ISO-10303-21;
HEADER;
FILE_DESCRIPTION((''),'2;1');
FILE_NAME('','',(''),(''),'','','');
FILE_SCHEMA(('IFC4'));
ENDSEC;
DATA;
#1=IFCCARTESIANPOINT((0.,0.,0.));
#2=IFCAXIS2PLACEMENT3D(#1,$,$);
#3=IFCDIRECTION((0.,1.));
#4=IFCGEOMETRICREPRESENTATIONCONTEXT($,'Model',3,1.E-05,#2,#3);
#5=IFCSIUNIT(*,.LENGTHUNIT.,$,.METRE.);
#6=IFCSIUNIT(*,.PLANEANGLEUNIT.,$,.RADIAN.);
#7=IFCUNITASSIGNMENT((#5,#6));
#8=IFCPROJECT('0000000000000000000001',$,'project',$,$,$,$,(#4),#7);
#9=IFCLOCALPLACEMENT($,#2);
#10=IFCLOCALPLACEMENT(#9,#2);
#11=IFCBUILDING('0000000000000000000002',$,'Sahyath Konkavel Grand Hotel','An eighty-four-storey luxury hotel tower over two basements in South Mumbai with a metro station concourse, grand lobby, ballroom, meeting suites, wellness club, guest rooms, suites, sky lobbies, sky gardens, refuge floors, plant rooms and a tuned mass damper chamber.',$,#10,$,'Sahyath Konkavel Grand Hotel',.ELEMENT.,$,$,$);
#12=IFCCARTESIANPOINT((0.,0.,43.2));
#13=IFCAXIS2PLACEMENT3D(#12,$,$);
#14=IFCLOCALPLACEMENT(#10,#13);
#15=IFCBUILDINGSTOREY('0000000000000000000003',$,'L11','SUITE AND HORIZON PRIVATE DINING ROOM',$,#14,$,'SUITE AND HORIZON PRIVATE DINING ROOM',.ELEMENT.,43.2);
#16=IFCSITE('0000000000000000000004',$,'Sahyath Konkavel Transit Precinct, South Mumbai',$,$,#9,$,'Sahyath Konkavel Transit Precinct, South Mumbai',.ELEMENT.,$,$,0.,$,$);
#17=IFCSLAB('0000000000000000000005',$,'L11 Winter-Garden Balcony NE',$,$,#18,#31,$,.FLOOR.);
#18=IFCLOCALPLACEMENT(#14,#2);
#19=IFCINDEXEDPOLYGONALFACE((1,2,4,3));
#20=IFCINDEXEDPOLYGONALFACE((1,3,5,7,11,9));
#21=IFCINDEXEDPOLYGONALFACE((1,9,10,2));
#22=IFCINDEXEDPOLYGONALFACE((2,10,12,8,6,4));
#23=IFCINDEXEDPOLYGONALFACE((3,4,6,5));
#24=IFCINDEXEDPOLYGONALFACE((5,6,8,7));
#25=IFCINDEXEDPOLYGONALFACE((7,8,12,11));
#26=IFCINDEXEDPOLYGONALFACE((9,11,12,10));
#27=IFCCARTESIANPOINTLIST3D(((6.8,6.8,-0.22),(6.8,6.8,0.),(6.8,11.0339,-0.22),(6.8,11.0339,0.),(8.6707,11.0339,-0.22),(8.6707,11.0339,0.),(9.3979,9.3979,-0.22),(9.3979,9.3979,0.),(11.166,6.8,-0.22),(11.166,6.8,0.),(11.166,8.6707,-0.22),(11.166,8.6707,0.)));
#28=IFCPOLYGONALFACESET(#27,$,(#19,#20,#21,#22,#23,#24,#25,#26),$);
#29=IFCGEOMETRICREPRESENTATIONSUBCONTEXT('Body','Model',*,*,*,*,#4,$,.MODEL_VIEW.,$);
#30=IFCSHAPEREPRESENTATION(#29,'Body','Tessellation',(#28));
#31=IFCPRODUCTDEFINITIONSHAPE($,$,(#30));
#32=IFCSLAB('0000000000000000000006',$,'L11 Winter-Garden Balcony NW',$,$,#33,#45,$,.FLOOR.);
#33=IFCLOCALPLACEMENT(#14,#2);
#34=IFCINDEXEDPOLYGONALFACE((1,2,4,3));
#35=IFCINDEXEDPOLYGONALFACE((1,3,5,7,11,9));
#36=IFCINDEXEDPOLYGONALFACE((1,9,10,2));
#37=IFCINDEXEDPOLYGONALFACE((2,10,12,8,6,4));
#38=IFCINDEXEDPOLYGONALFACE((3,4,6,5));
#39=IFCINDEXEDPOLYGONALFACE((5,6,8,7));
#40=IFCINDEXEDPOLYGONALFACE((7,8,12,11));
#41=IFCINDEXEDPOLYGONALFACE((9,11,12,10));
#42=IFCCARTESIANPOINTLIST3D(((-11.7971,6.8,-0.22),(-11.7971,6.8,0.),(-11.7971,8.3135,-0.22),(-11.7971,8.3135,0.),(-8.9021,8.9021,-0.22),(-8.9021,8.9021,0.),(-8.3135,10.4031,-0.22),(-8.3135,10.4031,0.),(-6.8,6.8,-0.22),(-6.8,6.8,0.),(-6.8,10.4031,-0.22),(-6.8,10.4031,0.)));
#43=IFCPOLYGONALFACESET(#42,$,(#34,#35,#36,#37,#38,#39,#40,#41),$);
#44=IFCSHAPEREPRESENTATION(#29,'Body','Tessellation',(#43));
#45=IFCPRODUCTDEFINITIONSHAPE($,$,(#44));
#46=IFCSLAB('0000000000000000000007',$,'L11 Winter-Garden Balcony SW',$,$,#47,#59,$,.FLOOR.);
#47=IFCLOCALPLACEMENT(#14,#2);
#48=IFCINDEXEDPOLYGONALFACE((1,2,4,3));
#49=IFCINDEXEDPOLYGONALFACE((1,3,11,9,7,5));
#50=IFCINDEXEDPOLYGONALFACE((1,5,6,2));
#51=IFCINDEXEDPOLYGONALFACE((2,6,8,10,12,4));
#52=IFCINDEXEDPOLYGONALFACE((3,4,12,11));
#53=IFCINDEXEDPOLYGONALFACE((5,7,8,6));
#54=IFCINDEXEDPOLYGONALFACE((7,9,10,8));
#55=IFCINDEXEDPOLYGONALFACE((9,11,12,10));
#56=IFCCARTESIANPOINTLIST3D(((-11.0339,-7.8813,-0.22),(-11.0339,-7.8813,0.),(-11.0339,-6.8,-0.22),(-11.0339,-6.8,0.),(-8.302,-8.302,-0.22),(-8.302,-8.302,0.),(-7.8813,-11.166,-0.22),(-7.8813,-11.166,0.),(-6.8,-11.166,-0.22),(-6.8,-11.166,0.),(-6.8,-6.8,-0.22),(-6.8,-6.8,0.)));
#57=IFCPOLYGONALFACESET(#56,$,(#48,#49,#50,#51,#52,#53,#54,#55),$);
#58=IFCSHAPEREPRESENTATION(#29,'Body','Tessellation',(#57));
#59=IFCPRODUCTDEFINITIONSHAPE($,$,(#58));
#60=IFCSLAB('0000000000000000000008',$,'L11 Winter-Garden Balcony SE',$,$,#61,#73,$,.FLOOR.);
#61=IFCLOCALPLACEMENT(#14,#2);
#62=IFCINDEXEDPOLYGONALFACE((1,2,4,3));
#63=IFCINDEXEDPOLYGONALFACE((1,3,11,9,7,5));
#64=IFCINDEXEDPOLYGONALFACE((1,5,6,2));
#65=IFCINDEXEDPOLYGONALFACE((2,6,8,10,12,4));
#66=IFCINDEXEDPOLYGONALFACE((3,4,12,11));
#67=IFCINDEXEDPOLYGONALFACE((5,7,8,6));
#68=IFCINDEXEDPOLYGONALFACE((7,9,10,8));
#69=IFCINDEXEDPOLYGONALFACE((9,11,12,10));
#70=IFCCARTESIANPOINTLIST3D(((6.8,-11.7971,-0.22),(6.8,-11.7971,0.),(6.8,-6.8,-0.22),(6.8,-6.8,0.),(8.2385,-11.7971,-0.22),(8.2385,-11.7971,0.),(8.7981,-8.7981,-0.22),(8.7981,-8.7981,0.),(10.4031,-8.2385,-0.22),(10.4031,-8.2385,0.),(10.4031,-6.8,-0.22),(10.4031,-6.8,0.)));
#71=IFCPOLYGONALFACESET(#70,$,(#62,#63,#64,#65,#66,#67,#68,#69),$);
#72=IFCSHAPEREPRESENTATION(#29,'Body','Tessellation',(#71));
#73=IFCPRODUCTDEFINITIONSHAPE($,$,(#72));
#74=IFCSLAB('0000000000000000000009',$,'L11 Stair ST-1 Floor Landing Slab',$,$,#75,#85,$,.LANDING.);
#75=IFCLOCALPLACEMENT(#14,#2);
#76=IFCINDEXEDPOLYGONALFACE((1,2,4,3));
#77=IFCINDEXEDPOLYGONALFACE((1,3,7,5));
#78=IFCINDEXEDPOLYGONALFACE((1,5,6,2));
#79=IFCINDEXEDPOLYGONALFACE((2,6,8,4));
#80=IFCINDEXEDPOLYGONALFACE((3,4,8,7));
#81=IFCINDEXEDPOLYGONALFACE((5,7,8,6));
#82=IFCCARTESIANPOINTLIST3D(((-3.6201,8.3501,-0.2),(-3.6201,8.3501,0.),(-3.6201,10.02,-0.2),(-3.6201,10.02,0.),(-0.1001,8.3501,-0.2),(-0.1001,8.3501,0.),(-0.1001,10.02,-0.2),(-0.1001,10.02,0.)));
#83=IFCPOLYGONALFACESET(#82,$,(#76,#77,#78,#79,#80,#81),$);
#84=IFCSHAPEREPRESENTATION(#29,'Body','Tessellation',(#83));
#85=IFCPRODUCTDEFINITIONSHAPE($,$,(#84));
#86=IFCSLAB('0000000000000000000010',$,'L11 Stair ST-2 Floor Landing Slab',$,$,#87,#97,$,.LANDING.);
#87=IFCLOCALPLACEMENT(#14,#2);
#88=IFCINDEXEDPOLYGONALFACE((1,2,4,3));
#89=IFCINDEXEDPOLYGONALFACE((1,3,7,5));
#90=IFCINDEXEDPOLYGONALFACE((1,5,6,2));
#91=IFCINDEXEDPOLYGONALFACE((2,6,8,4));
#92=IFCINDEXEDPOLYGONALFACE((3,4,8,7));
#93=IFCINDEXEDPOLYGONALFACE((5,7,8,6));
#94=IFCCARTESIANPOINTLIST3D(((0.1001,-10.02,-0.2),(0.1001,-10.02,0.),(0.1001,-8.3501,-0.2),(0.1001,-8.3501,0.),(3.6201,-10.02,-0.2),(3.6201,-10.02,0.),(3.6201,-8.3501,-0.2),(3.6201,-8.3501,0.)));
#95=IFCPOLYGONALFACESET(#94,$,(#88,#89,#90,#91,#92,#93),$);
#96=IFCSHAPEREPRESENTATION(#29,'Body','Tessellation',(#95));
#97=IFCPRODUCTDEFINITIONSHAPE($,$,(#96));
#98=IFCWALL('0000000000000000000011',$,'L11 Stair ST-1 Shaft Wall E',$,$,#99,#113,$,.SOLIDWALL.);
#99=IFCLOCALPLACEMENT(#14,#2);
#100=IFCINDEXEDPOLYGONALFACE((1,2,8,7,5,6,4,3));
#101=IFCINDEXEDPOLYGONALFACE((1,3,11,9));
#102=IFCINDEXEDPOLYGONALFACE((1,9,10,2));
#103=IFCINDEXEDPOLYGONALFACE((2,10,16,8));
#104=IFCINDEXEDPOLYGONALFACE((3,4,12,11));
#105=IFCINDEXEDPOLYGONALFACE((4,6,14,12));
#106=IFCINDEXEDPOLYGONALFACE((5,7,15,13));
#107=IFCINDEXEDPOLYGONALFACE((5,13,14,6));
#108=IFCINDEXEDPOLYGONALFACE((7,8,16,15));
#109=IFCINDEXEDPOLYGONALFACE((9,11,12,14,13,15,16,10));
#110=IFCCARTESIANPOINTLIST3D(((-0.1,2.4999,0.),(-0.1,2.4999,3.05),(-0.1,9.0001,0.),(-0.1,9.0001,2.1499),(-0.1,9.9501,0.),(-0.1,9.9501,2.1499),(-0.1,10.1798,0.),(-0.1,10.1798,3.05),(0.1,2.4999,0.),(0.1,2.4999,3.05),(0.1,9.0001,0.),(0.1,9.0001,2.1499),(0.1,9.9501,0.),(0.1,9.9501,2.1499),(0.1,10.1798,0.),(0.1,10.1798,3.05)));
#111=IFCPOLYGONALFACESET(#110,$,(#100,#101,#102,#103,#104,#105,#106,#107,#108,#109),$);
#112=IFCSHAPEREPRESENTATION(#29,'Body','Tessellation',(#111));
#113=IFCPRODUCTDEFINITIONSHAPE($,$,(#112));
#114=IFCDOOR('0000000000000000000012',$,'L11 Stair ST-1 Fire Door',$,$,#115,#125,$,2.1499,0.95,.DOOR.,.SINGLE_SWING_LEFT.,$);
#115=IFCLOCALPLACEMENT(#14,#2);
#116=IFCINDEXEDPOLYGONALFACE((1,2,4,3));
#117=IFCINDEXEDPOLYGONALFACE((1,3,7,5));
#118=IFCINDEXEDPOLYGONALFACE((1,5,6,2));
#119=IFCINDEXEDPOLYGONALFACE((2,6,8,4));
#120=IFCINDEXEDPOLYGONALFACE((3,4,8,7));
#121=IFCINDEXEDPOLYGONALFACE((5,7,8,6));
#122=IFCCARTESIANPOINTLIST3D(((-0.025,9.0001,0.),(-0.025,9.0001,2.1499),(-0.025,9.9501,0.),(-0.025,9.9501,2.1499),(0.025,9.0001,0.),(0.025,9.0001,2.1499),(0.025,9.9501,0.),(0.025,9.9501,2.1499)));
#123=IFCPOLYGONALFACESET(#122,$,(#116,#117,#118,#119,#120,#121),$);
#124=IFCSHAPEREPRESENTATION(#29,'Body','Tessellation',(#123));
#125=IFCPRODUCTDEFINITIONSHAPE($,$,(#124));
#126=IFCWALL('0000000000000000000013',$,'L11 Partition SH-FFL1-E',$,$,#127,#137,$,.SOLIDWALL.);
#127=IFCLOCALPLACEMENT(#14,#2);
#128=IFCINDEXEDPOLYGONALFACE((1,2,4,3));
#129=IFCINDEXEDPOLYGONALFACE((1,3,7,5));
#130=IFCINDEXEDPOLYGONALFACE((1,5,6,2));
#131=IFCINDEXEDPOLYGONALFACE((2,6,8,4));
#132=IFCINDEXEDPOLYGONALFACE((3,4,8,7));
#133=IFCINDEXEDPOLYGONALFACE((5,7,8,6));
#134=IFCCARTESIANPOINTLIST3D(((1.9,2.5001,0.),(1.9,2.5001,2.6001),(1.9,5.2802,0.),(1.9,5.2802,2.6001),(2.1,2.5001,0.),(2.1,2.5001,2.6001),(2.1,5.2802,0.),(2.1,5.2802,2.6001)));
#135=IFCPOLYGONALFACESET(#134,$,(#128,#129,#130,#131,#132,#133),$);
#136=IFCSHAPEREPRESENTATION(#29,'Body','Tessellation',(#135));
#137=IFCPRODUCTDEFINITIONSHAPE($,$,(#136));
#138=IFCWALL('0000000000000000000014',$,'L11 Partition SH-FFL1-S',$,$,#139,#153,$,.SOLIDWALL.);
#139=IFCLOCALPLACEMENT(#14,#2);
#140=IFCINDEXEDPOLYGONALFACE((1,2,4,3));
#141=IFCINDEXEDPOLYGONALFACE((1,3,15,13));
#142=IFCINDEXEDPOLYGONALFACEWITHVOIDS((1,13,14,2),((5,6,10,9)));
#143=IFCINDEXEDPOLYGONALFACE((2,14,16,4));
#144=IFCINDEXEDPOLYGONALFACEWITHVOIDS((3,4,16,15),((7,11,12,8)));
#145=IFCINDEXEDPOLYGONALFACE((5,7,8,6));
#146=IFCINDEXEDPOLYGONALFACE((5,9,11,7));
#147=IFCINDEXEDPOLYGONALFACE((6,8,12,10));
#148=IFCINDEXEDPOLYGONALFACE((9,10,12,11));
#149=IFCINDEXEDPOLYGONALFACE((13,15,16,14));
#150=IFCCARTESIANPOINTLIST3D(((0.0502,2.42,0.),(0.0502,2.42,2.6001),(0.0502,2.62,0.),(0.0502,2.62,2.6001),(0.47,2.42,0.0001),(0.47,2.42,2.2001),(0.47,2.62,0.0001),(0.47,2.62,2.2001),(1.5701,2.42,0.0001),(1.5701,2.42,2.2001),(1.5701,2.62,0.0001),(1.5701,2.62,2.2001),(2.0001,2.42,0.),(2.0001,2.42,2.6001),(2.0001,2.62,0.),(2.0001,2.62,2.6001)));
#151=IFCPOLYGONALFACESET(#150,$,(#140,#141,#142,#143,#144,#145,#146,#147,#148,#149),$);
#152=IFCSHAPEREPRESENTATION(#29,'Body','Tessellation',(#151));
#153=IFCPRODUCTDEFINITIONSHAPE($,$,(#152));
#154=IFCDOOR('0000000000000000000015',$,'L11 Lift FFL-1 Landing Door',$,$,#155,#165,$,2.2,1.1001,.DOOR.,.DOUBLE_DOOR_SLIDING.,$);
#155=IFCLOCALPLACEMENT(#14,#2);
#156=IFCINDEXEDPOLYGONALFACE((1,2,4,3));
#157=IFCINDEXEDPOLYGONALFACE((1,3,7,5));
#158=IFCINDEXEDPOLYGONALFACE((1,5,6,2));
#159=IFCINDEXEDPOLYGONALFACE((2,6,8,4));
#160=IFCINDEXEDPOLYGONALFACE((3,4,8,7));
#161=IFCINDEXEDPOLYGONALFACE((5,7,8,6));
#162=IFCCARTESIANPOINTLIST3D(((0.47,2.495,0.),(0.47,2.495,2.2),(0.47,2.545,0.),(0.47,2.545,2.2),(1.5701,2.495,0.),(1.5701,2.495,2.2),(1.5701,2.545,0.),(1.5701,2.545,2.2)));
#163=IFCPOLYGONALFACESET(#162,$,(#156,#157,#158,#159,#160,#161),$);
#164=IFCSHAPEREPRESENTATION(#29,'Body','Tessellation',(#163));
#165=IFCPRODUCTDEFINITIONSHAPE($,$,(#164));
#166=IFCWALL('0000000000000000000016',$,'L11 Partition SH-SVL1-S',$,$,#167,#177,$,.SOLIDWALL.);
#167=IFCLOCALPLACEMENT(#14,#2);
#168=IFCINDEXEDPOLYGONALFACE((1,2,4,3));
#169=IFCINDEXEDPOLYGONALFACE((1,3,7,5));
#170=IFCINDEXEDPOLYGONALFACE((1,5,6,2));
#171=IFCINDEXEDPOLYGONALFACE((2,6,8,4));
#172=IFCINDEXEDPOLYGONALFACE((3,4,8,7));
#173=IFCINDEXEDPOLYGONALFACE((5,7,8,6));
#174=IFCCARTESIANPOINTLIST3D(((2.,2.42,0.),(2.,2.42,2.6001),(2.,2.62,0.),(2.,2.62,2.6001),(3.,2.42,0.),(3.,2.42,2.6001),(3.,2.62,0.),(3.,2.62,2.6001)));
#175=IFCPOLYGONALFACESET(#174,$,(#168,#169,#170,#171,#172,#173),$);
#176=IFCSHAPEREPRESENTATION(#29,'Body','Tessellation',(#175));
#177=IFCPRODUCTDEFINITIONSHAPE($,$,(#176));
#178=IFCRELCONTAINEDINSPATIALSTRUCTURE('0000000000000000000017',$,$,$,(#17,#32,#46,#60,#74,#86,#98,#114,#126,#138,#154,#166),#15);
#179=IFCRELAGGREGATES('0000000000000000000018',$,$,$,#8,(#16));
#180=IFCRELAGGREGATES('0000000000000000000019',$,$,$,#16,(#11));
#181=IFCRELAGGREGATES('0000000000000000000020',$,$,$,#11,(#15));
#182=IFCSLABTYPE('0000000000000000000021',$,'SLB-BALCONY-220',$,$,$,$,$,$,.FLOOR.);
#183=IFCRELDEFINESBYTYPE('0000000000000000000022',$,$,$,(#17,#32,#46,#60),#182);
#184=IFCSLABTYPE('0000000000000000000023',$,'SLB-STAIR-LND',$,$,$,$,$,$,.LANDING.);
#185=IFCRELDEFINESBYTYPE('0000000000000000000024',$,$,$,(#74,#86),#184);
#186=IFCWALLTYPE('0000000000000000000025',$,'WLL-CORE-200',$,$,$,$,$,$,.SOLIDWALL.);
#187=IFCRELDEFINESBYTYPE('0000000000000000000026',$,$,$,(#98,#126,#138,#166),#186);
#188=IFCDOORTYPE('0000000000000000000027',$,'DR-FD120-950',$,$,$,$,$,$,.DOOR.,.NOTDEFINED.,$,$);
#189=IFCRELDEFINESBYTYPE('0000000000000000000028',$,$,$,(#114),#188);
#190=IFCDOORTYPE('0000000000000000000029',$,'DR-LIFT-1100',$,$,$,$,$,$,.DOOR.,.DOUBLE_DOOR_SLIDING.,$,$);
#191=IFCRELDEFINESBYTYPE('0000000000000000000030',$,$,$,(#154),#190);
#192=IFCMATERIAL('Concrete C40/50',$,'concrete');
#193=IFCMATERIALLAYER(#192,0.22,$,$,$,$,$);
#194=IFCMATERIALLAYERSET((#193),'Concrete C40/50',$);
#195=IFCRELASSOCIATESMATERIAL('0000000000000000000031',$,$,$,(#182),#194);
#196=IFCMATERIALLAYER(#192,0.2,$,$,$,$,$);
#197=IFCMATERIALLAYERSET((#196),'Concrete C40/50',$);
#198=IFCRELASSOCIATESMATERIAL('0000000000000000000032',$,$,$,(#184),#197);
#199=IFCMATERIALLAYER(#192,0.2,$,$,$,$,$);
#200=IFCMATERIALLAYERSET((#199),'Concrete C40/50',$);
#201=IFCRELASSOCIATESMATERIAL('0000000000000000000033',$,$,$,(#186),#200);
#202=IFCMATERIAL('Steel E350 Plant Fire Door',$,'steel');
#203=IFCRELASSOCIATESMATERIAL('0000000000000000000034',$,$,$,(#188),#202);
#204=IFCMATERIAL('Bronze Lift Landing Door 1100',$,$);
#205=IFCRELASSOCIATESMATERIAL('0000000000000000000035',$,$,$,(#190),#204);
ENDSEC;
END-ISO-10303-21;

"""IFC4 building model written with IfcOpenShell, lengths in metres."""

from ifc_helpers import new_model, si_unit, direction, frame, frame_2d, origin, origin_2d, place, context, subcontext, project, spatial, polyline, rectangle, outline, extrude, source, transform, mapped, material, layer, layer_set, type_object, element, fill, save


model = new_model("IFC4")

# Units and contexts
model_context = context("Model", 3, precision=1e-05, world=origin(), true_north=direction((0.0, 1.0)))
body_context = subcontext(model_context, "Body", "Model", "MODEL_VIEW")
ifc_project = project(units=[si_unit("LENGTHUNIT", "METRE"), si_unit("PLANEANGLEUNIT", "RADIAN")], contexts=[model_context])

# Site, building, storey
site_placement = place(None, origin())
site = spatial("IfcSite", under=ifc_project, at=site_placement, Name="Sahyath Konkavel Transit Precinct, South Mumbai", LongName="Sahyath Konkavel Transit Precinct, South Mumbai", CompositionType="ELEMENT", RefElevation=0.0)
building_placement = place(site_placement, origin())
building = spatial("IfcBuilding", under=site, at=building_placement, Name="Sahyath Konkavel Grand Hotel", Description="An eighty-four-storey luxury hotel tower over two basements in South Mumbai with a metro station concourse, grand lobby, ballroom, meeting suites, wellness club, guest rooms, suites, sky lobbies, sky gardens, refuge floors, plant rooms and a tuned mass damper chamber.", LongName="Sahyath Konkavel Grand Hotel", CompositionType="ELEMENT")
storey_placement = place(building_placement, frame((0.0, 0.0, 43.2)))
storey = spatial("IfcBuildingStorey", under=building, at=storey_placement, Name="L11", Description="SUITE AND HORIZON PRIVATE DINING ROOM", LongName="SUITE AND HORIZON PRIVATE DINING ROOM", CompositionType="ELEMENT", Elevation=43.2)

# Slabs
ifc_material_1 = material(Name="Concrete C40/50", Category="concrete")
ifc_layer_1 = layer(ifc_material_1, 0.22)
ifc_layer_set_1 = layer_set([ifc_layer_1], Name="Concrete C40/50")
slab_type_1 = type_object("IfcSlabType", Name="SLB-BALCONY-220", PredefinedType="FLOOR", material=ifc_layer_set_1)
slab_1_placement = place(storey_placement, frame((0.0, 0.0, -0.22)))
element("IfcSlab", 1, at=slab_1_placement, inside=storey, type_object=slab_type_1, Name="L11 Winter-Garden Balcony NE", PredefinedType="FLOOR", context=body_context, shape_type="SweptSolid", body=[
    extrude(outline(polyline([(6.8, 6.8), (11.166, 6.8), (11.166, 8.6707), (9.3979, 9.3979), (8.6707, 11.0339), (6.8, 11.0339), (6.8, 6.8)])), origin(), (0.0, 0.0, 1.0), 0.22),
])
slab_2_placement = place(storey_placement, frame((0.0, 0.0, -0.22)))
element("IfcSlab", 2, at=slab_2_placement, inside=storey, type_object=slab_type_1, Name="L11 Winter-Garden Balcony NW", PredefinedType="FLOOR", context=body_context, shape_type="SweptSolid", body=[
    extrude(outline(polyline([(-6.8, 6.8), (-6.8, 10.4031), (-8.3135, 10.4031), (-8.9021, 8.9021), (-11.7971, 8.3135), (-11.7971, 6.8), (-6.8, 6.8)])), origin(), (0.0, 0.0, 1.0), 0.22),
])
slab_3_placement = place(storey_placement, frame((0.0, 0.0, -0.22)))
element("IfcSlab", 3, at=slab_3_placement, inside=storey, type_object=slab_type_1, Name="L11 Winter-Garden Balcony SW", PredefinedType="FLOOR", context=body_context, shape_type="SweptSolid", body=[
    extrude(outline(polyline([(-6.8, -6.8), (-11.0339, -6.8), (-11.0339, -7.8813), (-8.302, -8.302), (-7.8813, -11.166), (-6.8, -11.166), (-6.8, -6.8)])), origin(), (0.0, 0.0, 1.0), 0.22),
])
slab_4_placement = place(storey_placement, frame((0.0, 0.0, -0.22)))
element("IfcSlab", 4, at=slab_4_placement, inside=storey, type_object=slab_type_1, Name="L11 Winter-Garden Balcony SE", PredefinedType="FLOOR", context=body_context, shape_type="SweptSolid", body=[
    extrude(outline(polyline([(6.8, -6.8), (6.8, -11.7971), (8.2385, -11.7971), (8.7981, -8.7981), (10.4031, -8.2385), (10.4031, -6.8), (6.8, -6.8)])), origin(), (0.0, 0.0, 1.0), 0.22),
])
ifc_layer_2 = layer(ifc_material_1, 0.2)
ifc_layer_set_2 = layer_set([ifc_layer_2], Name="Concrete C40/50")
slab_type_2 = type_object("IfcSlabType", Name="SLB-STAIR-LND", PredefinedType="LANDING", material=ifc_layer_set_2)
slab_5_placement = place(storey_placement, frame((0.0, 0.0, -0.2)))
element("IfcSlab", 5, at=slab_5_placement, inside=storey, type_object=slab_type_2, Name="L11 Stair ST-1 Floor Landing Slab", PredefinedType="LANDING", context=body_context, shape_type="SweptSolid", body=[
    extrude(outline(polyline([(-3.6201, 8.3501), (-0.1001, 8.3501), (-0.1001, 10.02), (-3.6201, 10.02), (-3.6201, 8.3501)])), origin(), (0.0, 0.0, 1.0), 0.2),
])
slab_6_placement = place(storey_placement, frame((0.0, 0.0, -0.2)))
element("IfcSlab", 6, at=slab_6_placement, inside=storey, type_object=slab_type_2, Name="L11 Stair ST-2 Floor Landing Slab", PredefinedType="LANDING", context=body_context, shape_type="SweptSolid", body=[
    extrude(outline(polyline([(0.1001, -10.02), (3.6201, -10.02), (3.6201, -8.3501), (0.1001, -8.3501), (0.1001, -10.02)])), origin(), (0.0, 0.0, 1.0), 0.2),
])

# Wall, opening, door
ifc_layer_3 = layer(ifc_material_1, 0.2)
ifc_layer_set_3 = layer_set([ifc_layer_3], Name="Concrete C40/50")
wall_type_1 = type_object("IfcWallType", Name="WLL-CORE-200", PredefinedType="SOLIDWALL", material=ifc_layer_set_3)
wall_1_placement = place(storey_placement, frame((0.0, 2.5, 0.0), z_axis=(0.0, 0.0, 1.0), x_axis=(0.0, 1.0, 0.0)))
wall_1 = element("IfcWall", 7, at=wall_1_placement, inside=storey, type_object=wall_type_1, Name="L11 Stair ST-1 Shaft Wall E", PredefinedType="SOLIDWALL", context=body_context, shape_type="SweptSolid", body=[
    extrude(rectangle(XDim=7.6799, YDim=0.2, at=frame_2d((3.8398, 0.0))), origin(), (0.0, 0.0, 1.0), 3.05),
])
opening_1_placement = place(wall_1_placement, frame((6.5, 0.0, 0.0)))
opening_1 = element("IfcOpeningElement", 8, at=opening_1_placement, cuts=wall_1, PredefinedType="OPENING", context=body_context, shape_type="SweptSolid", body=[
    extrude(rectangle(XDim=0.95, YDim=2.1499, at=frame_2d((0.4751, 1.075))), frame((0.0, 0.1099, 0.0), z_axis=(0.0, -1.0, 0.0), x_axis=(1.0, 0.0, 0.0)), (0.0, 0.0, 1.0), 0.22),
])
ifc_material_2 = material(Name="Steel E350 Plant Fire Door", Category="steel")
door_type_1 = type_object("IfcDoorType", Name="DR-FD120-950", OperationType="NOTDEFINED", PredefinedType="DOOR", material=ifc_material_2)
shared_shape_1 = source(origin(), body_context, "Body", "SweptSolid", [
    extrude(rectangle(XDim=0.95, YDim=0.05, at=origin_2d()), origin(), (0.0, 0.0, 1.0), 2.1499),
])
door_1_placement = place(opening_1_placement, frame((0.4751, 0.0, 0.0)))
door_1 = element("IfcDoor", 9, at=door_1_placement, inside=storey, type_object=door_type_1, Name="L11 Stair ST-1 Fire Door", OperationType="SINGLE_SWING_LEFT", OverallHeight=2.1499, OverallWidth=0.95, PredefinedType="DOOR", context=body_context, shape_type="MappedRepresentation", body=[
    mapped(shared_shape_1, transform((0.0, 0.0, 0.0), scale=1.0)),
])
fill(opening_1, door_1)

# Wall
wall_2_placement = place(storey_placement, frame((2.0, 2.5, 0.0), z_axis=(0.0, 0.0, 1.0), x_axis=(0.0, 1.0, 0.0)))
element("IfcWall", 10, at=wall_2_placement, inside=storey, type_object=wall_type_1, Name="L11 Partition SH-FFL1-E", PredefinedType="SOLIDWALL", context=body_context, shape_type="SweptSolid", body=[
    extrude(rectangle(XDim=2.78, YDim=0.2, at=frame_2d((1.3901, 0.0))), origin(), (0.0, 0.0, 1.0), 2.6001),
])

# Wall, opening, door
wall_3_placement = place(storey_placement, frame((0.05, 2.52, 0.0), z_axis=(0.0, 0.0, 1.0), x_axis=(1.0, 0.0, 0.0)))
wall_3 = element("IfcWall", 11, at=wall_3_placement, inside=storey, type_object=wall_type_1, Name="L11 Partition SH-FFL1-S", PredefinedType="SOLIDWALL", context=body_context, shape_type="SweptSolid", body=[
    extrude(rectangle(XDim=1.95, YDim=0.2, at=frame_2d((0.9751, 0.0))), origin(), (0.0, 0.0, 1.0), 2.6001),
])
opening_2_placement = place(wall_3_placement, frame((0.4199, 0.0, 0.0)))
opening_2 = element("IfcOpeningElement", 12, at=opening_2_placement, cuts=wall_3, PredefinedType="OPENING", context=body_context, shape_type="SweptSolid", body=[
    extrude(rectangle(XDim=1.1001, YDim=2.2, at=frame_2d((0.55, 1.1001))), frame((0.0, 0.1099, 0.0), z_axis=(0.0, -1.0, 0.0), x_axis=(1.0, 0.0, 0.0)), (0.0, 0.0, 1.0), 0.22),
])
ifc_material_3 = material(Name="Bronze Lift Landing Door 1100")
door_type_2 = type_object("IfcDoorType", Name="DR-LIFT-1100", OperationType="DOUBLE_DOOR_SLIDING", PredefinedType="DOOR", material=ifc_material_3)
shared_shape_2 = source(origin(), body_context, "Body", "SweptSolid", [
    extrude(rectangle(XDim=1.1001, YDim=0.05, at=origin_2d()), origin(), (0.0, 0.0, 1.0), 2.2),
])
door_2_placement = place(opening_2_placement, frame((0.55, 0.0, 0.0)))
door_2 = element("IfcDoor", 13, at=door_2_placement, inside=storey, type_object=door_type_2, Name="L11 Lift FFL-1 Landing Door", OperationType="DOUBLE_DOOR_SLIDING", OverallHeight=2.2, OverallWidth=1.1001, PredefinedType="DOOR", context=body_context, shape_type="MappedRepresentation", body=[
    mapped(shared_shape_2, transform((0.0, 0.0, 0.0), scale=1.0)),
])
fill(opening_2, door_2)

# Wall
wall_4_placement = place(storey_placement, frame((2.0, 2.52, 0.0), z_axis=(0.0, 0.0, 1.0), x_axis=(1.0, 0.0, 0.0)))
element("IfcWall", 14, at=wall_4_placement, inside=storey, type_object=wall_type_1, Name="L11 Partition SH-SVL1-S", PredefinedType="SOLIDWALL", context=body_context, shape_type="SweptSolid", body=[
    extrude(rectangle(XDim=1.0, YDim=0.2, at=frame_2d((0.5, 0.0))), origin(), (0.0, 0.0, 1.0), 2.6001),
])

save(model, "model.ifc")
